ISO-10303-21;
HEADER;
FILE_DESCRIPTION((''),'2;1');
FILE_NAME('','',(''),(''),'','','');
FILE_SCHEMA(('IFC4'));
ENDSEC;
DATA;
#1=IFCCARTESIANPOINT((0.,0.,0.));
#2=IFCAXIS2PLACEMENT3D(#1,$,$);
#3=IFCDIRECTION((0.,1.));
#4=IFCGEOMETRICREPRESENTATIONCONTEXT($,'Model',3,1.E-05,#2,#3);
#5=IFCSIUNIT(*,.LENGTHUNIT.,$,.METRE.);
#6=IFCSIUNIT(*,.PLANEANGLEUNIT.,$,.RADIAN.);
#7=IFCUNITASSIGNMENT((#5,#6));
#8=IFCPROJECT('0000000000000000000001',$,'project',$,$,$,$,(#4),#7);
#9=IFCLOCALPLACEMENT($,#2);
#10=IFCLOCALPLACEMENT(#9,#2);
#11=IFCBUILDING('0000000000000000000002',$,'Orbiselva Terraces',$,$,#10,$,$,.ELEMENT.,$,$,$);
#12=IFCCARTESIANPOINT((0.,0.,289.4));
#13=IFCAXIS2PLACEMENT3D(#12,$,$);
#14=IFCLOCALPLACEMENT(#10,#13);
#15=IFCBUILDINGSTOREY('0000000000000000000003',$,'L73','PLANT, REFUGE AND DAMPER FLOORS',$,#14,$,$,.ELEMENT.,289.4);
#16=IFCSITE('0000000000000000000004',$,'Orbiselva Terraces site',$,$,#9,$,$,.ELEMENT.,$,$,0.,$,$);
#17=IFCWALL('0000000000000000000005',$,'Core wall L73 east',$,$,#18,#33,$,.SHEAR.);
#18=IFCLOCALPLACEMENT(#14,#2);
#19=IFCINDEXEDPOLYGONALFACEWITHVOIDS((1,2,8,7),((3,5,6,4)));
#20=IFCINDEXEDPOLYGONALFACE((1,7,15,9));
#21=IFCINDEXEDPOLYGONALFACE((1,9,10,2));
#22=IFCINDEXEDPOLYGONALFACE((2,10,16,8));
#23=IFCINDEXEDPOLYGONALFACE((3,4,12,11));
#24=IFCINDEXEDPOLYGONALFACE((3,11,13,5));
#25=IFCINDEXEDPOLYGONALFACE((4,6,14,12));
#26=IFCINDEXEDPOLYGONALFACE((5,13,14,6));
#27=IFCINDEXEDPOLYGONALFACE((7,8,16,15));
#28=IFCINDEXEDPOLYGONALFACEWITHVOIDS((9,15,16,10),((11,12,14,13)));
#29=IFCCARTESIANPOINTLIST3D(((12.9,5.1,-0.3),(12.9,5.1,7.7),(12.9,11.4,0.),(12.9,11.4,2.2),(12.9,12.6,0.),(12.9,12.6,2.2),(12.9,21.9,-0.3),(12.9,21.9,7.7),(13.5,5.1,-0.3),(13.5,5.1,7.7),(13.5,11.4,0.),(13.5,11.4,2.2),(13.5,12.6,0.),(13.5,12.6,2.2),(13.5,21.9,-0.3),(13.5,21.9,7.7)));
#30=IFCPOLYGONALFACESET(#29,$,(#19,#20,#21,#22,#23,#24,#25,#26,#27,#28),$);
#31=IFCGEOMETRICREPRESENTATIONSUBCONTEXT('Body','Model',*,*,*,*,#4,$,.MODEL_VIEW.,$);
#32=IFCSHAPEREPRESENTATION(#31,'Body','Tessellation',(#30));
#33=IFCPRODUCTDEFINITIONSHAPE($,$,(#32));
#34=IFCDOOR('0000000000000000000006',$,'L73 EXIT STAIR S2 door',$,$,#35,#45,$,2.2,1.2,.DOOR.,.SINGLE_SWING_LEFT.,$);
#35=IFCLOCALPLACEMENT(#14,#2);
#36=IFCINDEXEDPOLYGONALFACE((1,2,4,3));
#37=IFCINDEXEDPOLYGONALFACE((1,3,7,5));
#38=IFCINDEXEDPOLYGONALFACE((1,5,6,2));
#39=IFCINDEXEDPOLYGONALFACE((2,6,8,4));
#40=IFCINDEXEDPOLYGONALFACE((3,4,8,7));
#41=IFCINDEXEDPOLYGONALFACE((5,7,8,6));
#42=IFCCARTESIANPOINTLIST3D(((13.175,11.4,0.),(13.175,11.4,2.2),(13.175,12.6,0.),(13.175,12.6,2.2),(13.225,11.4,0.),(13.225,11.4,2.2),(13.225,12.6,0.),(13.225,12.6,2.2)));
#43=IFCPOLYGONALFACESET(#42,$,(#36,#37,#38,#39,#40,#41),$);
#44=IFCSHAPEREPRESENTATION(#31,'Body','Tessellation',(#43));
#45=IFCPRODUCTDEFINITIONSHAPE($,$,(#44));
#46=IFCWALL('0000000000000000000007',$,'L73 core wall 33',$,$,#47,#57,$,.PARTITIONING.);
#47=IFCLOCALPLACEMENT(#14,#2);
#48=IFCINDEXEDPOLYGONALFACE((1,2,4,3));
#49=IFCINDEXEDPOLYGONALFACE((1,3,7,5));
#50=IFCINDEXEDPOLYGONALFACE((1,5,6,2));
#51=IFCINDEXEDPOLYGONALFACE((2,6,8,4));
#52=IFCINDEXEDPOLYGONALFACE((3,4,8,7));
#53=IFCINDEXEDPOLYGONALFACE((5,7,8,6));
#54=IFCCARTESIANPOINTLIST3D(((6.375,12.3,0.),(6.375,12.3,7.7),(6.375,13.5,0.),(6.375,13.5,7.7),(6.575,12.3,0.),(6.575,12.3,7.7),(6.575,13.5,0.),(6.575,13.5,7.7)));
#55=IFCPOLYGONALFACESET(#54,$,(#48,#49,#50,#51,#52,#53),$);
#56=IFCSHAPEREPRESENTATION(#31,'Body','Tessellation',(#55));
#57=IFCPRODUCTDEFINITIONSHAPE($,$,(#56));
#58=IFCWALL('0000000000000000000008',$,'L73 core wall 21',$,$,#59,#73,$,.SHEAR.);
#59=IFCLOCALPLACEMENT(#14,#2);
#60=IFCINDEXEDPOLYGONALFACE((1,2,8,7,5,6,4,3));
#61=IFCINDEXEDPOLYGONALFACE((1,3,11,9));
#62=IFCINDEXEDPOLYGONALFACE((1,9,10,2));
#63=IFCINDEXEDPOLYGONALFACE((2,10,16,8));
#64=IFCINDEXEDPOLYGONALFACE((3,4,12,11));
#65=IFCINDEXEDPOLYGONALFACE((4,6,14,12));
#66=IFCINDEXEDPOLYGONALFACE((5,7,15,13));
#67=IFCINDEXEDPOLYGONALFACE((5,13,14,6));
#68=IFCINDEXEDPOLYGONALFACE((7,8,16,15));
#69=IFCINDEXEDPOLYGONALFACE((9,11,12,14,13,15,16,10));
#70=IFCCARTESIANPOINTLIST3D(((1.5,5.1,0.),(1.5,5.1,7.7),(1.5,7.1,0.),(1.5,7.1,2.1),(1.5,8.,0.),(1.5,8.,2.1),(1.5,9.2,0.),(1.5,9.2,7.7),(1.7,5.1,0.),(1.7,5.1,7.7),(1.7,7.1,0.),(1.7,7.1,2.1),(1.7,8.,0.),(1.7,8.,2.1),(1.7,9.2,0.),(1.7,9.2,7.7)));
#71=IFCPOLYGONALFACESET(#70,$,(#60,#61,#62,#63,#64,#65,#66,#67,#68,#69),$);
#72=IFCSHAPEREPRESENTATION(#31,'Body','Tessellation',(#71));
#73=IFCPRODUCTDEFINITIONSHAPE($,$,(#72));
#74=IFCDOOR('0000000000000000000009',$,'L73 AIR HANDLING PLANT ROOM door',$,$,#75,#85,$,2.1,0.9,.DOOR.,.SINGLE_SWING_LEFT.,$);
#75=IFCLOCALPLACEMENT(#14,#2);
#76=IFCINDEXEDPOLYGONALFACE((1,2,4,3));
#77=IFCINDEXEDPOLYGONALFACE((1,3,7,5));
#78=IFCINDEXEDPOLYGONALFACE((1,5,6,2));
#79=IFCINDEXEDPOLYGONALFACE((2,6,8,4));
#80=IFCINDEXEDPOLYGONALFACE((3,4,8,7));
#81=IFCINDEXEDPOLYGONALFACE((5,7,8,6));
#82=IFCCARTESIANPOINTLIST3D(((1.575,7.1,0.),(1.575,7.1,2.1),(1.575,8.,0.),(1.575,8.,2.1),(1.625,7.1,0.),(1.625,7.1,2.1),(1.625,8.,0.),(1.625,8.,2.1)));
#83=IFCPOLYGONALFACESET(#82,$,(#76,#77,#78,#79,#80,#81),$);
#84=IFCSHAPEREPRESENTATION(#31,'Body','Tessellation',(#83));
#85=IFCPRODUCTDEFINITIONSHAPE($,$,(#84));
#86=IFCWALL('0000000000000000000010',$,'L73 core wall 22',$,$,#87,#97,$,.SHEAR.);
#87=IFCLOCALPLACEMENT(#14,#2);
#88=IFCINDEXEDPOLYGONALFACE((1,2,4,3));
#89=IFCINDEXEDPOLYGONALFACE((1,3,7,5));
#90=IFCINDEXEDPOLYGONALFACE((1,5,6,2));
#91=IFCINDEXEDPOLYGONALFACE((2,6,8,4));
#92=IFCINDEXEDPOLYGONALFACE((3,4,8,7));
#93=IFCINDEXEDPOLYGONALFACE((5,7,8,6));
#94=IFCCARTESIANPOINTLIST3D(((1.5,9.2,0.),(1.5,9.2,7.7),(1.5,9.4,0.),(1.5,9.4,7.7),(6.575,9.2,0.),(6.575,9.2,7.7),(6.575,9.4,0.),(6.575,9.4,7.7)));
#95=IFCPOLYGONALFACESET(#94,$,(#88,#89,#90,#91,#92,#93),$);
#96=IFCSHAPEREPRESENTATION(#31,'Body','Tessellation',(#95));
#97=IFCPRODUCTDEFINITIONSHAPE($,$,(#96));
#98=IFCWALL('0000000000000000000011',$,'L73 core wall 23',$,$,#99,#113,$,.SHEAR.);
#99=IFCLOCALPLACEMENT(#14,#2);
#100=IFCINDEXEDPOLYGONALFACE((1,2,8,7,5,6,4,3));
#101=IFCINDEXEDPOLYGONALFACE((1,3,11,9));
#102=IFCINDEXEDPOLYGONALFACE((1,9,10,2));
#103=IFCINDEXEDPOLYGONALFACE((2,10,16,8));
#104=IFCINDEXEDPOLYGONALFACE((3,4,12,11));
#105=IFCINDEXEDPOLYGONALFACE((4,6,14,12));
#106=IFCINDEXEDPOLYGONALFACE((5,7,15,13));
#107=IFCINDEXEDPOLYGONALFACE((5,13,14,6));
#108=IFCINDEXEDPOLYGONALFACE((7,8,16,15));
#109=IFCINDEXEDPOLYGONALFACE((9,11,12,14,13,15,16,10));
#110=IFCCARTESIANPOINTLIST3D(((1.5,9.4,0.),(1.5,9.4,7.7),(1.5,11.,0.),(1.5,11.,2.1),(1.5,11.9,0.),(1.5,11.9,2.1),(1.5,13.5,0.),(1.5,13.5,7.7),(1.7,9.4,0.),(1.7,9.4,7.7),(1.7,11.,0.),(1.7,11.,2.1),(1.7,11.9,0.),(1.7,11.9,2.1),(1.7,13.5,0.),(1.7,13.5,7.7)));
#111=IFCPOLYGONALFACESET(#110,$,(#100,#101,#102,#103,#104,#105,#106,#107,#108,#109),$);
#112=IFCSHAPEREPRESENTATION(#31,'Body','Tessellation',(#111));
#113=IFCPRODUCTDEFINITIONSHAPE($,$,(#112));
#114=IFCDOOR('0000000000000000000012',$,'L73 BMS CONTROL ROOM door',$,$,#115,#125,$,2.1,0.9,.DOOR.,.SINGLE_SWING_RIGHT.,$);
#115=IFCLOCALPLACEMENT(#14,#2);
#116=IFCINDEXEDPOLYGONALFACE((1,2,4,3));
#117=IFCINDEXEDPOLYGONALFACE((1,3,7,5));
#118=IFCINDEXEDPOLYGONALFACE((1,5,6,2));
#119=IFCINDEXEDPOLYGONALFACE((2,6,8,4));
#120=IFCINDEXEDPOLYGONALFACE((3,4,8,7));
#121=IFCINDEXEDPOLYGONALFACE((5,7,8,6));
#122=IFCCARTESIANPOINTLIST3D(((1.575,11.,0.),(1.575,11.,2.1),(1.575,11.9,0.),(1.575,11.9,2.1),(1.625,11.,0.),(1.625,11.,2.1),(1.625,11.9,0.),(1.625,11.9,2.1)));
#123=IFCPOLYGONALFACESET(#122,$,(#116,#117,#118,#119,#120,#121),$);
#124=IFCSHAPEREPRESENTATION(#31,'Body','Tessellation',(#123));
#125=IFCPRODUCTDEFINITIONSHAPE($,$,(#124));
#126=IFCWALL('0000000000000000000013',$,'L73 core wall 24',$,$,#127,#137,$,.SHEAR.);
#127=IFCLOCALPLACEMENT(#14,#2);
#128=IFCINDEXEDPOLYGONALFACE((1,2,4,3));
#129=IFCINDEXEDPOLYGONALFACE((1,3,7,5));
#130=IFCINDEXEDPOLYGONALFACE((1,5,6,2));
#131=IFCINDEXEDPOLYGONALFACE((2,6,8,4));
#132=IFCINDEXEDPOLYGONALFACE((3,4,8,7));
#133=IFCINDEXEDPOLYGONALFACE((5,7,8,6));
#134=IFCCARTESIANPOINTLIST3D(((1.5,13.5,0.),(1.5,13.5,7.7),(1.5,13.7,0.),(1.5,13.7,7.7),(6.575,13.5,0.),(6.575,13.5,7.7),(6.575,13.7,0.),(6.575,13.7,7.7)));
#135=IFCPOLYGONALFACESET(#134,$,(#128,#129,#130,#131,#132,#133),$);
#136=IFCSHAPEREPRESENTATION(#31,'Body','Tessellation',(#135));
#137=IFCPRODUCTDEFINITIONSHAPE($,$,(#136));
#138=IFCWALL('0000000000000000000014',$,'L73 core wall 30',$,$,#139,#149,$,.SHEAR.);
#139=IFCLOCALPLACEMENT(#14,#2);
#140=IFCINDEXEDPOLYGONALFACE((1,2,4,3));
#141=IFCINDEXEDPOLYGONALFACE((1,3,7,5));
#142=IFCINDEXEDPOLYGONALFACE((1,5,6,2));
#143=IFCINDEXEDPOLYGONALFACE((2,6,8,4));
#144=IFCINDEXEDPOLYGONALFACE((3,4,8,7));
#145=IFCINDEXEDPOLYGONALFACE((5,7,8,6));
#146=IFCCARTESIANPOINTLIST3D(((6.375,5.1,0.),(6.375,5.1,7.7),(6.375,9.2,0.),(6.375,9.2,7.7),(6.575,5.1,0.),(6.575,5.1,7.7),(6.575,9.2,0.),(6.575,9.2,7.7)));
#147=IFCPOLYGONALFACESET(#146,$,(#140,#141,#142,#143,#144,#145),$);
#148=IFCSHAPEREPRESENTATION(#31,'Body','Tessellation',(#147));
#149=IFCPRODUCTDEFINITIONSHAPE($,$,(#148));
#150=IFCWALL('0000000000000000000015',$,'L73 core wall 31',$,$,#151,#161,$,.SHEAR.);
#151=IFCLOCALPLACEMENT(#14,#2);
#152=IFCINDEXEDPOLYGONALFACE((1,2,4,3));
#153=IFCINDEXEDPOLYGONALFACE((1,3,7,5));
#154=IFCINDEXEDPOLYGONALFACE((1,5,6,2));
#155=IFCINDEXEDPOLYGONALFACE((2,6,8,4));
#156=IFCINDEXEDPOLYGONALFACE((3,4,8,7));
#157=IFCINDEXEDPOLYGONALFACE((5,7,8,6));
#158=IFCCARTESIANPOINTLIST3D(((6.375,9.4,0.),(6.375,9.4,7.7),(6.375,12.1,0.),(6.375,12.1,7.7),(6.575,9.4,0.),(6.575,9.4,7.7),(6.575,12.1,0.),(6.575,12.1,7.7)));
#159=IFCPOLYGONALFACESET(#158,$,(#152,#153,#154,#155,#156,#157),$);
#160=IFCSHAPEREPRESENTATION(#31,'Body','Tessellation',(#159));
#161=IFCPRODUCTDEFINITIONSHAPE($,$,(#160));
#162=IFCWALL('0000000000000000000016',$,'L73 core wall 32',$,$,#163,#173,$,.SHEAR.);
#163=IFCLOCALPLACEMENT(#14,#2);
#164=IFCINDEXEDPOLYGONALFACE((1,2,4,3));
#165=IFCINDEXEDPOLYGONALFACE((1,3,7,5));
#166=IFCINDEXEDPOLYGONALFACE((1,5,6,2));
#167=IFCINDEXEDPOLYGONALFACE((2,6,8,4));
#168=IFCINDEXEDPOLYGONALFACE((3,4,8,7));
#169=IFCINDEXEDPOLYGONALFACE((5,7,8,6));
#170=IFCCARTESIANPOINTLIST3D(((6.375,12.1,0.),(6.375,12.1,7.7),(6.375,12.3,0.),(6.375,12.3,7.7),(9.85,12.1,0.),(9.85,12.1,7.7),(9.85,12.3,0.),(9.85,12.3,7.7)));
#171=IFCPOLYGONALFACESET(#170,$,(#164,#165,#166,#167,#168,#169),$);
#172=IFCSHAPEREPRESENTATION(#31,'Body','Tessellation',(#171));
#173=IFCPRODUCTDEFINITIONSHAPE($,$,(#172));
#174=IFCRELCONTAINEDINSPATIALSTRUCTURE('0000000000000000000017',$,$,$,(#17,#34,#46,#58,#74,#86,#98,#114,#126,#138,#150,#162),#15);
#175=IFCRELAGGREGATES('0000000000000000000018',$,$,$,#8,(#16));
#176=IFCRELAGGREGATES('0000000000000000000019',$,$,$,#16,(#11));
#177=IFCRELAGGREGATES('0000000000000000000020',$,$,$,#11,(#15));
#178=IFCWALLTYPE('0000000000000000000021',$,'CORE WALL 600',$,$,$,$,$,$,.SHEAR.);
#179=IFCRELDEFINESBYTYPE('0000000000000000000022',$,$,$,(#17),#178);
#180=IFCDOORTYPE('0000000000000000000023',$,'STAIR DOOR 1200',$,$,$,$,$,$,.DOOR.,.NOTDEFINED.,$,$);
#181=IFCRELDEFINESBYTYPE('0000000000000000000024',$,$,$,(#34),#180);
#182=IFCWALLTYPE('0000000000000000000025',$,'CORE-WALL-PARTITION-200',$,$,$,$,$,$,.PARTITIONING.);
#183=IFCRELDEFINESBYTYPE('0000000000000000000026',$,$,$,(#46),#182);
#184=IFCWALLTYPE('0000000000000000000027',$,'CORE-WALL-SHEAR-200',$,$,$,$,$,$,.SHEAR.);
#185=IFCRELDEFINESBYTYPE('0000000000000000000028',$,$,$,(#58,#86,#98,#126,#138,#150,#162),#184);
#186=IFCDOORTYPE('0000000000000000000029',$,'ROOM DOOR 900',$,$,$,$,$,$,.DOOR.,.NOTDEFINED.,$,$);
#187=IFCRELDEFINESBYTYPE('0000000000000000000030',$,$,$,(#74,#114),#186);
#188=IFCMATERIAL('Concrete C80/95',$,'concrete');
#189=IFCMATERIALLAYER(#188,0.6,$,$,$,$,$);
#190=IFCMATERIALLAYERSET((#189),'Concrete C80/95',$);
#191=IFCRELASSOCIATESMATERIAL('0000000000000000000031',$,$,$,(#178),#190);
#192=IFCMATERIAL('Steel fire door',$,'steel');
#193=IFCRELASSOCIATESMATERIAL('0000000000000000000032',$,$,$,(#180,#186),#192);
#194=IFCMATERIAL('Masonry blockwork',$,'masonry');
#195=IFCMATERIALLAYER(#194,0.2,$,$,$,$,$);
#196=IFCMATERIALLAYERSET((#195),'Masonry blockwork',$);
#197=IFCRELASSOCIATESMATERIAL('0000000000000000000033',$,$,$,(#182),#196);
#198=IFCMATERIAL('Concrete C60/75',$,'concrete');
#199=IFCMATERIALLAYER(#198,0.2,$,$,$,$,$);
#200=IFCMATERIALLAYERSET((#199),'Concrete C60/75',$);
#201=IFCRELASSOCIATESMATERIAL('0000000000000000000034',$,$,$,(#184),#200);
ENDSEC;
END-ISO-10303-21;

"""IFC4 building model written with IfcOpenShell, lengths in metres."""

from ifc_helpers import new_model, si_unit, direction, frame, frame_2d, origin, place, context, subcontext, project, spatial, rectangle, extrude, material, layer, layer_set, type_object, element, fill, save


model = new_model("IFC4")

# Units and contexts
model_context = context("Model", 3, precision=1e-05, world=origin(), true_north=direction((0.0, 1.0)))
body_context = subcontext(model_context, "Body", "Model", "MODEL_VIEW")
ifc_project = project(units=[si_unit("LENGTHUNIT", "METRE"), si_unit("PLANEANGLEUNIT", "RADIAN")], contexts=[model_context])

# Site, building, storey
site_placement = place(None, origin())
site = spatial("IfcSite", under=ifc_project, at=site_placement, Name="Orbiselva Terraces site", CompositionType="ELEMENT", RefElevation=0.0)
building_placement = place(site_placement, origin())
building = spatial("IfcBuilding", under=site, at=building_placement, Name="Orbiselva Terraces", CompositionType="ELEMENT")
storey_placement = place(building_placement, frame((0.0, 0.0, 289.4)))
storey = spatial("IfcBuildingStorey", under=building, at=storey_placement, Name="L73", Description="PLANT, REFUGE AND DAMPER FLOORS", CompositionType="ELEMENT", Elevation=289.4)

# Wall, opening, door
ifc_material_1 = material(Name="Concrete C80/95", Category="concrete")
ifc_layer_1 = layer(ifc_material_1, 0.6)
ifc_layer_set_1 = layer_set([ifc_layer_1], Name="Concrete C80/95")
wall_type_1 = type_object("IfcWallType", Name="CORE WALL 600", PredefinedType="SHEAR", material=ifc_layer_set_1)
wall_1_placement = place(storey_placement, frame((13.2, 5.1, -0.3), z_axis=(0.0, 0.0, 1.0), x_axis=(0.0, 1.0, 0.0)))
wall_1 = element("IfcWall", 1, at=wall_1_placement, inside=storey, type_object=wall_type_1, Name="Core wall L73 east", PredefinedType="SHEAR", context=body_context, shape_type="SweptSolid", body=[
    extrude(rectangle(XDim=16.8, YDim=0.6, at=frame_2d((8.4, 0.0))), origin(), (0.0, 0.0, 1.0), 8.0),
])
opening_1_placement = place(wall_1_placement, frame((6.3, 0.0, 0.3)))
opening_1 = element("IfcOpeningElement", 2, at=opening_1_placement, cuts=wall_1, PredefinedType="OPENING", context=body_context, shape_type="SweptSolid", body=[
    extrude(rectangle(XDim=1.2, YDim=2.2, at=frame_2d((0.6, 1.1))), frame((0.0, 0.31, 0.0), z_axis=(0.0, -1.0, 0.0), x_axis=(1.0, 0.0, 0.0)), (0.0, 0.0, 1.0), 0.62),
])
ifc_material_2 = material(Name="Steel fire door", Category="steel")
door_type_1 = type_object("IfcDoorType", Name="STAIR DOOR 1200", OperationType="NOTDEFINED", PredefinedType="DOOR", material=ifc_material_2)
door_1_placement = place(opening_1_placement, frame((1.2, 0.0, 0.0), z_axis=(0.0, 0.0, 1.0), x_axis=(-1.0, 0.0, 0.0)))
door_1 = element("IfcDoor", 3, at=door_1_placement, inside=storey, type_object=door_type_1, Name="L73 EXIT STAIR S2 door", OperationType="SINGLE_SWING_LEFT", OverallHeight=2.2, OverallWidth=1.2, PredefinedType="DOOR", context=body_context, shape_type="SweptSolid", body=[
    extrude(rectangle(XDim=1.2, YDim=2.2, at=frame_2d((0.6, 1.1))), frame((0.0, 0.025, 0.0), z_axis=(0.0, -1.0, 0.0), x_axis=(1.0, 0.0, 0.0)), (0.0, 0.0, 1.0), 0.05),
])
fill(opening_1, door_1)

# Wall
ifc_material_3 = material(Name="Masonry blockwork", Category="masonry")
ifc_layer_2 = layer(ifc_material_3, 0.2)
ifc_layer_set_2 = layer_set([ifc_layer_2], Name="Masonry blockwork")
wall_type_2 = type_object("IfcWallType", Name="CORE-WALL-PARTITION-200", PredefinedType="PARTITIONING", material=ifc_layer_set_2)
wall_2_placement = place(storey_placement, frame((6.475, 12.3, 0.0), z_axis=(0.0, 0.0, 1.0), x_axis=(0.0, 1.0, 0.0)))
element("IfcWall", 4, at=wall_2_placement, inside=storey, type_object=wall_type_2, Name="L73 core wall 33", PredefinedType="PARTITIONING", context=body_context, shape_type="SweptSolid", body=[
    extrude(rectangle(XDim=1.2, YDim=0.2, at=frame_2d((0.6, 0.0))), origin(), (0.0, 0.0, 1.0), 7.7),
])

# Wall, opening, door
ifc_material_4 = material(Name="Concrete C60/75", Category="concrete")
ifc_layer_3 = layer(ifc_material_4, 0.2)
ifc_layer_set_3 = layer_set([ifc_layer_3], Name="Concrete C60/75")
wall_type_3 = type_object("IfcWallType", Name="CORE-WALL-SHEAR-200", PredefinedType="SHEAR", material=ifc_layer_set_3)
wall_3_placement = place(storey_placement, frame((1.6, 9.2, 0.0), z_axis=(0.0, 0.0, 1.0), x_axis=(0.0, -1.0, 0.0)))
wall_3 = element("IfcWall", 5, at=wall_3_placement, inside=storey, type_object=wall_type_3, Name="L73 core wall 21", PredefinedType="SHEAR", context=body_context, shape_type="SweptSolid", body=[
    extrude(rectangle(XDim=4.1, YDim=0.2, at=frame_2d((2.05, 0.0))), origin(), (0.0, 0.0, 1.0), 7.7),
])
opening_2_placement = place(wall_3_placement, frame((1.2, 0.0, 0.0)))
opening_2 = element("IfcOpeningElement", 6, at=opening_2_placement, cuts=wall_3, PredefinedType="OPENING", context=body_context, shape_type="SweptSolid", body=[
    extrude(rectangle(XDim=0.9, YDim=2.1, at=frame_2d((0.45, 1.05))), frame((0.0, 0.11, 0.0), z_axis=(0.0, -1.0, 0.0), x_axis=(1.0, 0.0, 0.0)), (0.0, 0.0, 1.0), 0.22),
])
door_type_2 = type_object("IfcDoorType", Name="ROOM DOOR 900", OperationType="NOTDEFINED", PredefinedType="DOOR", material=ifc_material_2)
door_2_placement = place(opening_2_placement, origin())
door_2 = element("IfcDoor", 7, at=door_2_placement, inside=storey, type_object=door_type_2, Name="L73 AIR HANDLING PLANT ROOM door", OperationType="SINGLE_SWING_LEFT", OverallHeight=2.1, OverallWidth=0.9, PredefinedType="DOOR", context=body_context, shape_type="SweptSolid", body=[
    extrude(rectangle(XDim=0.9, YDim=2.1, at=frame_2d((0.45, 1.05))), frame((0.0, 0.025, 0.0), z_axis=(0.0, -1.0, 0.0), x_axis=(1.0, 0.0, 0.0)), (0.0, 0.0, 1.0), 0.05),
])
fill(opening_2, door_2)

# Wall
wall_4_placement = place(storey_placement, frame((1.5, 9.3, 0.0), z_axis=(0.0, 0.0, 1.0), x_axis=(1.0, 0.0, 0.0)))
element("IfcWall", 8, at=wall_4_placement, inside=storey, type_object=wall_type_3, Name="L73 core wall 22", PredefinedType="SHEAR", context=body_context, shape_type="SweptSolid", body=[
    extrude(rectangle(XDim=5.075, YDim=0.2, at=frame_2d((2.5375, 0.0))), origin(), (0.0, 0.0, 1.0), 7.7),
])

# Wall, opening, door
wall_5_placement = place(storey_placement, frame((1.6, 13.5, 0.0), z_axis=(0.0, 0.0, 1.0), x_axis=(0.0, -1.0, 0.0)))
wall_5 = element("IfcWall", 9, at=wall_5_placement, inside=storey, type_object=wall_type_3, Name="L73 core wall 23", PredefinedType="SHEAR", context=body_context, shape_type="SweptSolid", body=[
    extrude(rectangle(XDim=4.1, YDim=0.2, at=frame_2d((2.05, 0.0))), origin(), (0.0, 0.0, 1.0), 7.7),
])
opening_3_placement = place(wall_5_placement, frame((1.6, 0.0, 0.0)))
opening_3 = element("IfcOpeningElement", 10, at=opening_3_placement, cuts=wall_5, PredefinedType="OPENING", context=body_context, shape_type="SweptSolid", body=[
    extrude(rectangle(XDim=0.9, YDim=2.1, at=frame_2d((0.45, 1.05))), frame((0.0, 0.11, 0.0), z_axis=(0.0, -1.0, 0.0), x_axis=(1.0, 0.0, 0.0)), (0.0, 0.0, 1.0), 0.22),
])
door_3_placement = place(opening_3_placement, origin())
door_3 = element("IfcDoor", 11, at=door_3_placement, inside=storey, type_object=door_type_2, Name="L73 BMS CONTROL ROOM door", OperationType="SINGLE_SWING_RIGHT", OverallHeight=2.1, OverallWidth=0.9, PredefinedType="DOOR", context=body_context, shape_type="SweptSolid", body=[
    extrude(rectangle(XDim=0.9, YDim=2.1, at=frame_2d((0.45, 1.05))), frame((0.0, 0.025, 0.0), z_axis=(0.0, -1.0, 0.0), x_axis=(1.0, 0.0, 0.0)), (0.0, 0.0, 1.0), 0.05),
])
fill(opening_3, door_3)

# Walls
wall_6_placement = place(storey_placement, frame((1.5, 13.6, 0.0), z_axis=(0.0, 0.0, 1.0), x_axis=(1.0, 0.0, 0.0)))
element("IfcWall", 12, at=wall_6_placement, inside=storey, type_object=wall_type_3, Name="L73 core wall 24", PredefinedType="SHEAR", context=body_context, shape_type="SweptSolid", body=[
    extrude(rectangle(XDim=5.075, YDim=0.2, at=frame_2d((2.5375, 0.0))), origin(), (0.0, 0.0, 1.0), 7.7),
])
wall_7_placement = place(storey_placement, frame((6.475, 5.1, 0.0), z_axis=(0.0, 0.0, 1.0), x_axis=(0.0, 1.0, 0.0)))
element("IfcWall", 13, at=wall_7_placement, inside=storey, type_object=wall_type_3, Name="L73 core wall 30", PredefinedType="SHEAR", context=body_context, shape_type="SweptSolid", body=[
    extrude(rectangle(XDim=4.1, YDim=0.2, at=frame_2d((2.05, 0.0))), origin(), (0.0, 0.0, 1.0), 7.7),
])
wall_8_placement = place(storey_placement, frame((6.475, 9.4, 0.0), z_axis=(0.0, 0.0, 1.0), x_axis=(0.0, 1.0, 0.0)))
element("IfcWall", 14, at=wall_8_placement, inside=storey, type_object=wall_type_3, Name="L73 core wall 31", PredefinedType="SHEAR", context=body_context, shape_type="SweptSolid", body=[
    extrude(rectangle(XDim=2.7, YDim=0.2, at=frame_2d((1.35, 0.0))), origin(), (0.0, 0.0, 1.0), 7.7),
])
wall_9_placement = place(storey_placement, frame((6.375, 12.2, 0.0), z_axis=(0.0, 0.0, 1.0), x_axis=(1.0, 0.0, 0.0)))
element("IfcWall", 15, at=wall_9_placement, inside=storey, type_object=wall_type_3, Name="L73 core wall 32", PredefinedType="SHEAR", context=body_context, shape_type="SweptSolid", body=[
    extrude(rectangle(XDim=3.475, YDim=0.2, at=frame_2d((1.7375, 0.0))), origin(), (0.0, 0.0, 1.0), 7.7),
])

save(model, "model.ifc")
